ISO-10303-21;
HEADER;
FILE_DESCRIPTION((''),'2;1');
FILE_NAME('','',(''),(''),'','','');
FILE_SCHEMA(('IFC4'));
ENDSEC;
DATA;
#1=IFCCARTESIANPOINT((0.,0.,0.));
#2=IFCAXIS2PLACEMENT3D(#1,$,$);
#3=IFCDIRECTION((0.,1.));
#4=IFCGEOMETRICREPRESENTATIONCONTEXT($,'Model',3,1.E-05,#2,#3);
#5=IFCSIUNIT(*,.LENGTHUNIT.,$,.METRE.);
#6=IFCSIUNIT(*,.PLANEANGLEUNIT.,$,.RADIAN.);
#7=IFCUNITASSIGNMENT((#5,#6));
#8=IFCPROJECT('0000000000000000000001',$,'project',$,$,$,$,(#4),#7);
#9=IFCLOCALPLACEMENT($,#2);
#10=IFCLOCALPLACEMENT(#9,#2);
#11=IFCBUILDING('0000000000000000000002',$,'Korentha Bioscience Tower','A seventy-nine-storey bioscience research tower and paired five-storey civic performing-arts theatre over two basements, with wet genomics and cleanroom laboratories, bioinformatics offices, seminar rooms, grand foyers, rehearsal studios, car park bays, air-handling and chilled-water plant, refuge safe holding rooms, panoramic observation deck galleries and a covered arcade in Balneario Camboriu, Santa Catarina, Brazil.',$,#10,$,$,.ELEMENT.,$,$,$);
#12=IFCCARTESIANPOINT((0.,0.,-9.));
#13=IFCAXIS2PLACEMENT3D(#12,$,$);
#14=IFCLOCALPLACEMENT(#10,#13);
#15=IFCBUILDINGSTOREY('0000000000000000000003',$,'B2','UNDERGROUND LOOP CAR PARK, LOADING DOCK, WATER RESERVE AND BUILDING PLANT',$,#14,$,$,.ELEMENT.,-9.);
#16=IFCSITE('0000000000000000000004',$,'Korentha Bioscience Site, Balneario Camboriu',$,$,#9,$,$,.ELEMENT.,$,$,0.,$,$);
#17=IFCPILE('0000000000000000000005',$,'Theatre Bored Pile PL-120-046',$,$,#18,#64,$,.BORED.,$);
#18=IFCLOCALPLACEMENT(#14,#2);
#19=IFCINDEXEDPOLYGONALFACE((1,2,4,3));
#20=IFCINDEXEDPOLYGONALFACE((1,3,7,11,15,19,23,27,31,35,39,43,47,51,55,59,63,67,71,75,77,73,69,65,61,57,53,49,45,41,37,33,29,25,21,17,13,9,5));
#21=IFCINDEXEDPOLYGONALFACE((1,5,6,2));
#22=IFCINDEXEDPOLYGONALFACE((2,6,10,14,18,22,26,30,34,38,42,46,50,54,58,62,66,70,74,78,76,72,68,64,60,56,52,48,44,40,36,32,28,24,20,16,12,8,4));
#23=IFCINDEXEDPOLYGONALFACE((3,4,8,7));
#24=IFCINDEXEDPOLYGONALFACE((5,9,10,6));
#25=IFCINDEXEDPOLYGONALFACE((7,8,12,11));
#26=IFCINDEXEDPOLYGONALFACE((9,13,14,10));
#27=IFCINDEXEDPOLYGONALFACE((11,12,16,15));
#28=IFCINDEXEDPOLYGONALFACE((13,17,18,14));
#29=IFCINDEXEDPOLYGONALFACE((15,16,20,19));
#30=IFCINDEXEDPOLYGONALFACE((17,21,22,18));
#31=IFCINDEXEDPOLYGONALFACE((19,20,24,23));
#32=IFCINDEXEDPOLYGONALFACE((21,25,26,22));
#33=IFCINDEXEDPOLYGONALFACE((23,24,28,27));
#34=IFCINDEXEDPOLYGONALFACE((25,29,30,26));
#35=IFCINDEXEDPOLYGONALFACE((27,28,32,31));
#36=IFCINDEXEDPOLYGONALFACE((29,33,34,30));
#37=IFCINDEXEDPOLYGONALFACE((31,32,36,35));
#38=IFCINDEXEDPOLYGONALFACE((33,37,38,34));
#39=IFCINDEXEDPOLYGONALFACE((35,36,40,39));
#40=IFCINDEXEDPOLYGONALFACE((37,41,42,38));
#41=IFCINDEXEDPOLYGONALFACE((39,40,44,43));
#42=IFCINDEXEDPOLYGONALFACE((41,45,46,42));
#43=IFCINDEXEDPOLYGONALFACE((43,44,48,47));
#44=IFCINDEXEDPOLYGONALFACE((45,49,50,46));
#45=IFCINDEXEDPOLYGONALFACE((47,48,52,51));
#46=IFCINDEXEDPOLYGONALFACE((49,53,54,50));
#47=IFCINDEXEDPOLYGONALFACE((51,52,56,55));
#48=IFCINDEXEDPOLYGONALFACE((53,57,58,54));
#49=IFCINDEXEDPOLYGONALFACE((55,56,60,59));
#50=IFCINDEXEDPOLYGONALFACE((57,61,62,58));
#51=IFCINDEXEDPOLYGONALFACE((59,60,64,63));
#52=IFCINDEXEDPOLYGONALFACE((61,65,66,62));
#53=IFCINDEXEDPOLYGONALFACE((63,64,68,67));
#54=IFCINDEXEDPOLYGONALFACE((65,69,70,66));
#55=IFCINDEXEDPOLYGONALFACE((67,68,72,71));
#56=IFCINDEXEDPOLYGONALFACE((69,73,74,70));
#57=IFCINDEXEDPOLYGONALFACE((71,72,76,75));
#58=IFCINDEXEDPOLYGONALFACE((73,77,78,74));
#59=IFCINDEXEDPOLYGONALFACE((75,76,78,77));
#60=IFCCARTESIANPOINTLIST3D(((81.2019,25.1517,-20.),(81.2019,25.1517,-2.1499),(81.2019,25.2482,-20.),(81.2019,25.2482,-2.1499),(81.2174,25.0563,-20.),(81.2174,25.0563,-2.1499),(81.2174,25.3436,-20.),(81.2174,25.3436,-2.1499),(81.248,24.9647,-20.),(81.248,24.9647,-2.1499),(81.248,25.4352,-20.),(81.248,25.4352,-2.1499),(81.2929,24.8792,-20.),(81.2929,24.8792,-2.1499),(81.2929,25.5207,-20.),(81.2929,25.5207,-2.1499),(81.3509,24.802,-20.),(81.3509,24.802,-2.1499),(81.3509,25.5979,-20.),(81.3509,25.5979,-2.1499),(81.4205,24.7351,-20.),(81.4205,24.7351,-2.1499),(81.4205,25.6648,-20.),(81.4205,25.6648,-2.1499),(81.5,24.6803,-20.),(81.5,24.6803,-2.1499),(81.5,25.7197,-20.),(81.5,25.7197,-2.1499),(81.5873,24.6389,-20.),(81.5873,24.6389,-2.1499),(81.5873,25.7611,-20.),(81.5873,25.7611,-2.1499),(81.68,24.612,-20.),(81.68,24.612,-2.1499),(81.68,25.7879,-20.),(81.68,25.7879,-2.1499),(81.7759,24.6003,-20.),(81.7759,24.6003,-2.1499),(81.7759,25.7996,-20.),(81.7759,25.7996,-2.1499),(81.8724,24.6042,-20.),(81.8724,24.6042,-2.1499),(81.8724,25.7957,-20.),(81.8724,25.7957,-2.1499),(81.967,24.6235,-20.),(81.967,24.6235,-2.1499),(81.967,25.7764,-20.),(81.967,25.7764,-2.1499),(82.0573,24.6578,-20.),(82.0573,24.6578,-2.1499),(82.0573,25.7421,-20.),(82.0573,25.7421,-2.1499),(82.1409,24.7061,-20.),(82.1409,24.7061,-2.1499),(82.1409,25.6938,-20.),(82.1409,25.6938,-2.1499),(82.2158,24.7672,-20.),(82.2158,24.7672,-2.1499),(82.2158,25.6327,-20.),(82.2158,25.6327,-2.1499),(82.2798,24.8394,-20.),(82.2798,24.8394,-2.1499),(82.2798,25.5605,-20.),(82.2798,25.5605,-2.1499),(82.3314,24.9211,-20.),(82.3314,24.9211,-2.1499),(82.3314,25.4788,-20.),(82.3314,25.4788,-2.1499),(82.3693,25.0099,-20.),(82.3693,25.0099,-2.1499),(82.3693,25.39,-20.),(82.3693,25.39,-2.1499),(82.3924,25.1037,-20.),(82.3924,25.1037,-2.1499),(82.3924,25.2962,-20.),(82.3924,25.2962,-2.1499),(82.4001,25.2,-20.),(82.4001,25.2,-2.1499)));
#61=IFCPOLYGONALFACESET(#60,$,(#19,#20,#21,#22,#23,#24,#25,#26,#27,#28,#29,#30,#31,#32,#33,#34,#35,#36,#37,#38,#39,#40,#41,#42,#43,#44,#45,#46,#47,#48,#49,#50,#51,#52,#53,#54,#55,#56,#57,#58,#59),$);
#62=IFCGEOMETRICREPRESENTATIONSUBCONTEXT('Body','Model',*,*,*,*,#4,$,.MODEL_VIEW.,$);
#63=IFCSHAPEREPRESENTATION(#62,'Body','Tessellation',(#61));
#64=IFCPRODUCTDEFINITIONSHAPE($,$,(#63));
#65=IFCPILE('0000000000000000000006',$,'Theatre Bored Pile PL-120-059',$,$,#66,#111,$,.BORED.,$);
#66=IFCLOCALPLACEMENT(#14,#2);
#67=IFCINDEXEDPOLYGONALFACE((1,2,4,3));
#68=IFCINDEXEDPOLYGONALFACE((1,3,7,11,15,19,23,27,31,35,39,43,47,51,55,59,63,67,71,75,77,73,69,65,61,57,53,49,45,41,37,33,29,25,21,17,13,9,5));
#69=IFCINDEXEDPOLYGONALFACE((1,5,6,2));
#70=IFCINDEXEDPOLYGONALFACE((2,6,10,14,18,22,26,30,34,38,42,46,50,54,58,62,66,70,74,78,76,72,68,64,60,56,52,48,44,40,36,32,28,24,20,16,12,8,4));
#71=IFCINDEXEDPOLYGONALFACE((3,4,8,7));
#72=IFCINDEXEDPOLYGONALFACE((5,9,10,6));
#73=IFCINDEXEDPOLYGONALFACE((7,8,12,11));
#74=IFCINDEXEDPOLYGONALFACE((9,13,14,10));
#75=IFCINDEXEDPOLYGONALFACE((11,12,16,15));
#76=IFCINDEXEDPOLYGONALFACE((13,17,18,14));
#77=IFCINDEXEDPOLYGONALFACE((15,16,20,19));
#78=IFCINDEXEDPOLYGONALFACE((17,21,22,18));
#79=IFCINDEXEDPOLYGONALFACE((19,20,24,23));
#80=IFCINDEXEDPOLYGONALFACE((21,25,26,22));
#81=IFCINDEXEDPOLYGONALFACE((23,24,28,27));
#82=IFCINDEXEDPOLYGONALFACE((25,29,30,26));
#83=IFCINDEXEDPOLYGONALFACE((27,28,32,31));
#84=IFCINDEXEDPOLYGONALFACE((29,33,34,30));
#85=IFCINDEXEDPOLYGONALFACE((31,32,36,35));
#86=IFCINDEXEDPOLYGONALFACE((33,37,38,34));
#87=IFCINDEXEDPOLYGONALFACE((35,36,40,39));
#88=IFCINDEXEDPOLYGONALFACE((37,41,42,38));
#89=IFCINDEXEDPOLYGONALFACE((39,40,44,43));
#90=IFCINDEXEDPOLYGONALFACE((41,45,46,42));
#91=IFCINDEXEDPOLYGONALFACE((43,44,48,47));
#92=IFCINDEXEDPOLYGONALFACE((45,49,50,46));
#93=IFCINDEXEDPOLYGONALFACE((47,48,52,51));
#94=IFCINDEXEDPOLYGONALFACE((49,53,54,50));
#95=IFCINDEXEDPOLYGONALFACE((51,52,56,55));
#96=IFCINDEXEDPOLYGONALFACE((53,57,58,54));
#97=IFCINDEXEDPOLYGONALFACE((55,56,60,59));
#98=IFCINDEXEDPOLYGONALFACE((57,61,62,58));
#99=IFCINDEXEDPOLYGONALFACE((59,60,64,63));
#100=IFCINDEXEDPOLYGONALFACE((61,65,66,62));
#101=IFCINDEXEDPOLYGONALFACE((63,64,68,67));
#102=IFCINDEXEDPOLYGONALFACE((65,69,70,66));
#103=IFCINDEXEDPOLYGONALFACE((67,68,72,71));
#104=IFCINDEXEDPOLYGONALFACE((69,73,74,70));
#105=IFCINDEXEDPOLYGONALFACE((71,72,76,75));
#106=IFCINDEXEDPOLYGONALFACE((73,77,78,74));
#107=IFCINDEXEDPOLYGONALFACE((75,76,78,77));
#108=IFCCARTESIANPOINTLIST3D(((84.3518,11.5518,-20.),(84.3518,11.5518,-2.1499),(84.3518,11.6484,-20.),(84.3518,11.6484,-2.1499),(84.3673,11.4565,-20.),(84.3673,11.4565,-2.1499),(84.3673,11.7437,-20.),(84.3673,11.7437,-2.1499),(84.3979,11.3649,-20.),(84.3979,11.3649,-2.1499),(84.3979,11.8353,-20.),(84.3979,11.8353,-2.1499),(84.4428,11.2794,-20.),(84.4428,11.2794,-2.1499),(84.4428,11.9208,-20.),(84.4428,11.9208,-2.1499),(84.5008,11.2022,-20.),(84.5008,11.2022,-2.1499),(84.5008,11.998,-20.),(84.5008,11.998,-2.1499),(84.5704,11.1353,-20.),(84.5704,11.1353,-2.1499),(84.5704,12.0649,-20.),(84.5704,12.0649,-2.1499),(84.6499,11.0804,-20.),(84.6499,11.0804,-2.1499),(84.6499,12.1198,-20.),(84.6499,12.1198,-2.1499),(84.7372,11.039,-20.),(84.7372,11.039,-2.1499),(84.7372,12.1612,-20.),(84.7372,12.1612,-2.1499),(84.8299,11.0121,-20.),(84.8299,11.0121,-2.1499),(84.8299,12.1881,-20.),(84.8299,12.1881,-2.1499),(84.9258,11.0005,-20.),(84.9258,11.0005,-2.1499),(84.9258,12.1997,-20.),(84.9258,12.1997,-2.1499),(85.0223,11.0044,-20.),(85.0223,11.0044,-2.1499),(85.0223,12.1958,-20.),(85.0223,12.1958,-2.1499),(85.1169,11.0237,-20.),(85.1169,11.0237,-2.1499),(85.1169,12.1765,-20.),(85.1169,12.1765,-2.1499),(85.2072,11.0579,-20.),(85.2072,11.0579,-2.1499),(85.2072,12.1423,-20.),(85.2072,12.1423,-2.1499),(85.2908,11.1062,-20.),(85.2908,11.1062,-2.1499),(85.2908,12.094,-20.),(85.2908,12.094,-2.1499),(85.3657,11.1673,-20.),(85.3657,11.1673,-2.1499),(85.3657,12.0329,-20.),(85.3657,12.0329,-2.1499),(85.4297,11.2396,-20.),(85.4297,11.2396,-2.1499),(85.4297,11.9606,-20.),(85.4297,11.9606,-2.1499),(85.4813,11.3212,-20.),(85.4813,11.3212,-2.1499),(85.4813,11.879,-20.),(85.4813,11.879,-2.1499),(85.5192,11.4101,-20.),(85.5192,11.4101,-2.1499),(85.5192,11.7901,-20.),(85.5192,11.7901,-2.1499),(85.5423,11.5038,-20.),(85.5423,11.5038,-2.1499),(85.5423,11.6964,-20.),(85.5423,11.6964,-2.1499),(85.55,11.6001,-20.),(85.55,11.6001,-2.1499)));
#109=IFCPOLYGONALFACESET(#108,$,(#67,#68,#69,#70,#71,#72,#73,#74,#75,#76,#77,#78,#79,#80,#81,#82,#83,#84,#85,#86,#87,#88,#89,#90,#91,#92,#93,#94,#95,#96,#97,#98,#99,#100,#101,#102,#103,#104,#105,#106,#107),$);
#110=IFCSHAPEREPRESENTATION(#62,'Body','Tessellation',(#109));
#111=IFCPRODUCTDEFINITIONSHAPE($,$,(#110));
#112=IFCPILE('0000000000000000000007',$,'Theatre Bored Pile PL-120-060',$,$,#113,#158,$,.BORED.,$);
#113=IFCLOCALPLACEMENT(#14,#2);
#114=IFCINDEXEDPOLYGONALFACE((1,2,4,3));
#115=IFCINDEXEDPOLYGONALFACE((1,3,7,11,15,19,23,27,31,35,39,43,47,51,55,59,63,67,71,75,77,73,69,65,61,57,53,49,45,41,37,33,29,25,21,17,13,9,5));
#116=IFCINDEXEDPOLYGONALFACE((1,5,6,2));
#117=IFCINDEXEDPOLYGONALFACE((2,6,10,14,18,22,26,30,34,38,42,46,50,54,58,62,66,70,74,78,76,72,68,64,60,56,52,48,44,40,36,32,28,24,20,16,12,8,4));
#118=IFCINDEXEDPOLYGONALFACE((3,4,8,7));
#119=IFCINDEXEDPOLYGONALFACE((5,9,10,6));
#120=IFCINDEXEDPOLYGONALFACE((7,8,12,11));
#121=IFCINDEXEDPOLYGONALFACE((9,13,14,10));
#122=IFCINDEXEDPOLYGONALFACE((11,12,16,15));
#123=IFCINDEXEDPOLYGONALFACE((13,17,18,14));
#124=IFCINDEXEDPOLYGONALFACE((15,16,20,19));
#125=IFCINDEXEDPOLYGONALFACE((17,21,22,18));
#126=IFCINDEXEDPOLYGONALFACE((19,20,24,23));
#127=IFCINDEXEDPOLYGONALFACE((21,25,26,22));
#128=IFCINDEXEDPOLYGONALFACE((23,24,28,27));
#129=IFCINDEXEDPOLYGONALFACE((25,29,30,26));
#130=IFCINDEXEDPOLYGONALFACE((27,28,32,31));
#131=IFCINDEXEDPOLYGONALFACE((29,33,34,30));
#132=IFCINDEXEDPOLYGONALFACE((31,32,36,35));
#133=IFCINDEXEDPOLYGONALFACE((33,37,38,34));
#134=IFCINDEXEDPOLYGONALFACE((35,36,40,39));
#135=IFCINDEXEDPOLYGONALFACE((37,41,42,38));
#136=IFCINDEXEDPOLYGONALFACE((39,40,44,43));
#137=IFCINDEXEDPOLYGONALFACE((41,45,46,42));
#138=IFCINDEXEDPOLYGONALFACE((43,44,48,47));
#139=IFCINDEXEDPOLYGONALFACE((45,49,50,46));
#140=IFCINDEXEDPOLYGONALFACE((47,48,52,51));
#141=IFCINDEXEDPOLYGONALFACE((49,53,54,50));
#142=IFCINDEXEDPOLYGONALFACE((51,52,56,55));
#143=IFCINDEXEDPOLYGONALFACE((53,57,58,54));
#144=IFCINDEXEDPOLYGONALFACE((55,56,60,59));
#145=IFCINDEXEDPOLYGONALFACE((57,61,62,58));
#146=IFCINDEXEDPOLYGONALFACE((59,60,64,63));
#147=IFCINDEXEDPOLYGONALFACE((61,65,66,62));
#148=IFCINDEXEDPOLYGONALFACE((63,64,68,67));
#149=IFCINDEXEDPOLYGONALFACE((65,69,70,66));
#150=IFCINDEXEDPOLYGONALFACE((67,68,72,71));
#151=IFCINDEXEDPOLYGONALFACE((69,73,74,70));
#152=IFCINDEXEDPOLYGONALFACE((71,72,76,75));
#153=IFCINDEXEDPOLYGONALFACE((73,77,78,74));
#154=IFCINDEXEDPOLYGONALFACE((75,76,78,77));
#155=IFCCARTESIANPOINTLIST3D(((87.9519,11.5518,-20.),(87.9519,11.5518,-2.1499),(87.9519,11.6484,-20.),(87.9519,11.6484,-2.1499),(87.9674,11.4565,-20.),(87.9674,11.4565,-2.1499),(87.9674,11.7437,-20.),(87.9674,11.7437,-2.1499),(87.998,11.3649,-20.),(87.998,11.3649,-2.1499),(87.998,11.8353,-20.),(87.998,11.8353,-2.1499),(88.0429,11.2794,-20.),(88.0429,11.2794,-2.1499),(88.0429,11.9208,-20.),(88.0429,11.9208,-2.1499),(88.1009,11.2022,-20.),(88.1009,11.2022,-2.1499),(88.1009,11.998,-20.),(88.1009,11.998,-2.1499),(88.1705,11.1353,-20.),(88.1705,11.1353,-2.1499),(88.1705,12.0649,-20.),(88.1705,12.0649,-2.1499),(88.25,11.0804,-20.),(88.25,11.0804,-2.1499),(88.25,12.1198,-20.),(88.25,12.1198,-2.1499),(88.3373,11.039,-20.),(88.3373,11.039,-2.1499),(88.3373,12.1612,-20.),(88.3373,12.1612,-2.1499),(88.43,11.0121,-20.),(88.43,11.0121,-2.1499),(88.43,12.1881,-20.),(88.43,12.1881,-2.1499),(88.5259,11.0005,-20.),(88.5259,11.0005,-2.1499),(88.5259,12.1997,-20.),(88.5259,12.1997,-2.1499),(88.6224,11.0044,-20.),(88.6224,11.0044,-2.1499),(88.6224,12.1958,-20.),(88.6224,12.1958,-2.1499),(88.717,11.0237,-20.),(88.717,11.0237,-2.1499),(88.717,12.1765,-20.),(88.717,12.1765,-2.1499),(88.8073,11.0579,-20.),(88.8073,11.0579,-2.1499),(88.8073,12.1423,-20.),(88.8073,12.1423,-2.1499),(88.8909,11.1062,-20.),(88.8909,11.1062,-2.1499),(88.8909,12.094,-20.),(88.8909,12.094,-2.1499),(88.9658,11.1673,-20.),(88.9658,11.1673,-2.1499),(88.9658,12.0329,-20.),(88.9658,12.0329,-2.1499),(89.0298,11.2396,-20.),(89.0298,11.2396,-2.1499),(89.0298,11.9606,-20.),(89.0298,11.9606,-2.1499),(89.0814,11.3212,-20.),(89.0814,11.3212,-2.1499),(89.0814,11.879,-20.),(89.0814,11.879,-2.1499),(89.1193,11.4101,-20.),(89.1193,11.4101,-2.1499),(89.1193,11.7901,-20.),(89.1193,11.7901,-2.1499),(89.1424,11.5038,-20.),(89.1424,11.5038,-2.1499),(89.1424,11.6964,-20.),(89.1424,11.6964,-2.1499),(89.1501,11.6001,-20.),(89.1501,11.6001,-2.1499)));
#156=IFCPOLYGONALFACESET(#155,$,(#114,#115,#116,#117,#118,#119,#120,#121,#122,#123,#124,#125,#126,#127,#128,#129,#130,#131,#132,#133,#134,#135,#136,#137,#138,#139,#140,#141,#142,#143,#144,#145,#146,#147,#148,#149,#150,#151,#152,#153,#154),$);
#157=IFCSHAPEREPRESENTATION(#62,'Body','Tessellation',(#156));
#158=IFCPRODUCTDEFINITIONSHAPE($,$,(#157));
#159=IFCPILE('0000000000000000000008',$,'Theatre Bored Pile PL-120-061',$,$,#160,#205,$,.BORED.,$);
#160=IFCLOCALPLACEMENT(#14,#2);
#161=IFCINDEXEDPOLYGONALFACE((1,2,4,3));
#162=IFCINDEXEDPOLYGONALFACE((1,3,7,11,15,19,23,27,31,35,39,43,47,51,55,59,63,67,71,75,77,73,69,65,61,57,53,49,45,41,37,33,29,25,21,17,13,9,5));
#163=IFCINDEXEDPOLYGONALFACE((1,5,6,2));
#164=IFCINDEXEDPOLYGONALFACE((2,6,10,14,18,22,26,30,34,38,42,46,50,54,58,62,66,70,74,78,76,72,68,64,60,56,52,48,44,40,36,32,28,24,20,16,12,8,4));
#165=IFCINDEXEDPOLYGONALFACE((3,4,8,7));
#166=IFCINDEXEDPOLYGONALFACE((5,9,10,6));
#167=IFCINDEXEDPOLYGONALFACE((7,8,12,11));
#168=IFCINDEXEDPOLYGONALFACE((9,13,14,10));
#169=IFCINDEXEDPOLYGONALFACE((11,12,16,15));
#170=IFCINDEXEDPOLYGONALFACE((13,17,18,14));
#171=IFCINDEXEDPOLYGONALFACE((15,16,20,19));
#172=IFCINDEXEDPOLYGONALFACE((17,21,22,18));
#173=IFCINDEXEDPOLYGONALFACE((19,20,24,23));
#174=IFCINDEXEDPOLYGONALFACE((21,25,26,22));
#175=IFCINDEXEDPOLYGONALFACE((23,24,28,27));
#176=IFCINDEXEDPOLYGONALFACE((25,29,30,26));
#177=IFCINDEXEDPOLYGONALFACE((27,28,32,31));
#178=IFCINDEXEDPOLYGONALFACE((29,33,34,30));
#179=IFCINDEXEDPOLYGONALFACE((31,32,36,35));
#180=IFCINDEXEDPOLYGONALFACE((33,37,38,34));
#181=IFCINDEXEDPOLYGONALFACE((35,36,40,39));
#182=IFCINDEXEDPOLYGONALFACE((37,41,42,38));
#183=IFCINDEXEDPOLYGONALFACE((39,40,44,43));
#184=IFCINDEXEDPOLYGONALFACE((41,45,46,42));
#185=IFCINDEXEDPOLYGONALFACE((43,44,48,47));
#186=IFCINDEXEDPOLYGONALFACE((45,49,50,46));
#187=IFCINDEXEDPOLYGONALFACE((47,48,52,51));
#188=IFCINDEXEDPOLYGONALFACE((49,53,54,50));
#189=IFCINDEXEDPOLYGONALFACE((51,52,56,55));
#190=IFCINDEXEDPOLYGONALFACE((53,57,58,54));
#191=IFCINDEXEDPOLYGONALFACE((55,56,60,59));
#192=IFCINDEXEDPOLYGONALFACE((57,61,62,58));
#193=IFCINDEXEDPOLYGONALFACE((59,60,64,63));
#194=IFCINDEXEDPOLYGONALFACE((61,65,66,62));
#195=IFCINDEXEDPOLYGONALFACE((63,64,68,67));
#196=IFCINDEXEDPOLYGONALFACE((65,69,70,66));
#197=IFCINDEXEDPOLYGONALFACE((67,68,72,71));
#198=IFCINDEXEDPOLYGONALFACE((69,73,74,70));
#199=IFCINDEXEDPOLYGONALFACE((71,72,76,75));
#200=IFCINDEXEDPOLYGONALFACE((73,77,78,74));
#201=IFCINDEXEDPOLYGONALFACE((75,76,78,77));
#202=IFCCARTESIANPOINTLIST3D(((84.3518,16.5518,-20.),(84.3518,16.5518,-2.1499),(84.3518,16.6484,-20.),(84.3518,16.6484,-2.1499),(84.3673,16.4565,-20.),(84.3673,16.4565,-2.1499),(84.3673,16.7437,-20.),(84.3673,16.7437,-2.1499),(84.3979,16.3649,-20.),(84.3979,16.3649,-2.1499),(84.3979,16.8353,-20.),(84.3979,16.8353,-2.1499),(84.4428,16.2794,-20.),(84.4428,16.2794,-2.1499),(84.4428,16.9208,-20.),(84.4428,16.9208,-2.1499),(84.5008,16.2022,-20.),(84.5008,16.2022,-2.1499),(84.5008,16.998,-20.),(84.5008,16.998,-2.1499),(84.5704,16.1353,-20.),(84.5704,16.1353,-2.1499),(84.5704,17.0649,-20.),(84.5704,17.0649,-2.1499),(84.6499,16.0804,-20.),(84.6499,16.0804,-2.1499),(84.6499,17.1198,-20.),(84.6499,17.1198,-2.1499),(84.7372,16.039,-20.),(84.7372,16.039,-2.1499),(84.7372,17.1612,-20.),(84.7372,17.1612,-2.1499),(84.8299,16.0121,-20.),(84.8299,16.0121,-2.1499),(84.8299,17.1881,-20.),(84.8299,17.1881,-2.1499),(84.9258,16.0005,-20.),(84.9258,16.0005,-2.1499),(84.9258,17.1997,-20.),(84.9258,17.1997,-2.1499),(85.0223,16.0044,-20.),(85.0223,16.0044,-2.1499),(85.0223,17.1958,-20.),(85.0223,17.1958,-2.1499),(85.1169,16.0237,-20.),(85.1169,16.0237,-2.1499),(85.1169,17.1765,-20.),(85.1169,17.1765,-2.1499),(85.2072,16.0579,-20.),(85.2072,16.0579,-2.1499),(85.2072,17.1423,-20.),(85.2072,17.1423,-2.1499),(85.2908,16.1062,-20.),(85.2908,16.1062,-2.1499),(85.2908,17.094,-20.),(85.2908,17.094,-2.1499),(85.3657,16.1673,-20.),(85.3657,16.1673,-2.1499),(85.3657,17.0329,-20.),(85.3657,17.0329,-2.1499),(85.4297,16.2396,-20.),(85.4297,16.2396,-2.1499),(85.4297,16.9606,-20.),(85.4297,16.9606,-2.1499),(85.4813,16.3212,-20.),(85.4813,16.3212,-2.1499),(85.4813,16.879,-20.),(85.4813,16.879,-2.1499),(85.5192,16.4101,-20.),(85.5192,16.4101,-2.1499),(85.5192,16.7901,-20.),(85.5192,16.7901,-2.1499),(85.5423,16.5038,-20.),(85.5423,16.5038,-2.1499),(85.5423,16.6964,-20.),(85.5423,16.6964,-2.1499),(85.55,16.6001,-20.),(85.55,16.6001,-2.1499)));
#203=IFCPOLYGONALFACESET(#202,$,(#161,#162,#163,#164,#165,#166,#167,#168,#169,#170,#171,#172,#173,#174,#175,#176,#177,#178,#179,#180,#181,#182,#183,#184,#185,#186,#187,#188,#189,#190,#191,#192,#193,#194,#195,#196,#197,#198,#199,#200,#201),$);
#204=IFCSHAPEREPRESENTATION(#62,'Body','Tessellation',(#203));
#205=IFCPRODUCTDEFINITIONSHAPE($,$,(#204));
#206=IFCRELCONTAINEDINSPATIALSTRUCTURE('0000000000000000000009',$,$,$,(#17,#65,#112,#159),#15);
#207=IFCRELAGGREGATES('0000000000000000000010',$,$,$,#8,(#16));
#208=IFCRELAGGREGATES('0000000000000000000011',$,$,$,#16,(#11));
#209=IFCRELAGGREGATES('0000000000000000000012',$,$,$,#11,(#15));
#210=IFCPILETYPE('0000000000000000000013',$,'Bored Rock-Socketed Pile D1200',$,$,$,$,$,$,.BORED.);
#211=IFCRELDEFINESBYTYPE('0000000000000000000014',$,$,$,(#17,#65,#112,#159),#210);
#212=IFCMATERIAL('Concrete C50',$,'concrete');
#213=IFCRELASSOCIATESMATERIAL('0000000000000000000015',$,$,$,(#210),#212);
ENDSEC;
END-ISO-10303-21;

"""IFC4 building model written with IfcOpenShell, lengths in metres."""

from ifc_helpers import new_model, si_unit, direction, frame, origin, origin_2d, place, context, subcontext, project, spatial, circle, extrude, material, material_profile, profile_set, type_object, element, save


model = new_model("IFC4")

# Units and contexts
model_context = context("Model", 3, precision=1e-05, world=origin(), true_north=direction((0.0, 1.0)))
body_context = subcontext(model_context, "Body", "Model", "MODEL_VIEW")
ifc_project = project(units=[si_unit("LENGTHUNIT", "METRE"), si_unit("PLANEANGLEUNIT", "RADIAN")], contexts=[model_context])

# Site, building, storey
site_placement = place(None, origin())
site = spatial("IfcSite", under=ifc_project, at=site_placement, Name="Korentha Bioscience Site, Balneario Camboriu", CompositionType="ELEMENT", RefElevation=0.0)
building_placement = place(site_placement, origin())
building = spatial("IfcBuilding", under=site, at=building_placement, Name="Korentha Bioscience Tower", Description="A seventy-nine-storey bioscience research tower and paired five-storey civic performing-arts theatre over two basements, with wet genomics and cleanroom laboratories, bioinformatics offices, seminar rooms, grand foyers, rehearsal studios, car park bays, air-handling and chilled-water plant, refuge safe holding rooms, panoramic observation deck galleries and a covered arcade in Balneario Camboriu, Santa Catarina, Brazil.", CompositionType="ELEMENT")
storey_placement = place(building_placement, frame((0.0, 0.0, -9.0)))
storey = spatial("IfcBuildingStorey", under=building, at=storey_placement, Name="B2", Description="UNDERGROUND LOOP CAR PARK, LOADING DOCK, WATER RESERVE AND BUILDING PLANT", CompositionType="ELEMENT", Elevation=-9.0)

# Piles
ifc_material_1 = material(Name="Concrete C50", Category="concrete")
ifc_material_profile_1 = material_profile(ifc_material_1, circle(Radius=0.6001, at=origin_2d()), Name="Concrete C50")
ifc_profile_set_1 = profile_set([ifc_material_profile_1], Name="Concrete C50 (PL-120)")
pile_type = type_object("IfcPileType", Name="Bored Rock-Socketed Pile D1200", PredefinedType="BORED", material=ifc_profile_set_1)
for number, where, z_axis, x_axis, name in (
    (1, (81.8, 25.2, -2.1499), (0.0, 0.0, -1.0), (1.0, 0.0, 0.0), "Theatre Bored Pile PL-120-046"),
    (2, (84.95, 11.6001, -2.1499), (0.0, 0.0, -1.0), (1.0, 0.0, 0.0), "Theatre Bored Pile PL-120-059"),
    (3, (88.55, 11.6001, -2.1499), (0.0, 0.0, -1.0), (1.0, 0.0, 0.0), "Theatre Bored Pile PL-120-060"),
    (4, (84.95, 16.6001, -2.1499), (0.0, 0.0, -1.0), (1.0, 0.0, 0.0), "Theatre Bored Pile PL-120-061"),
):
    element("IfcPile", number, at=place(storey_placement, frame(where, z_axis=z_axis, x_axis=x_axis)), inside=storey, type_object=pile_type, Name=name, PredefinedType="BORED", context=body_context, shape_type="SweptSolid", body=[
        extrude(circle(Radius=0.6001, at=origin_2d()), origin(), (0.0, 0.0, 1.0), 17.8501),
    ])

save(model, "model.ifc")
